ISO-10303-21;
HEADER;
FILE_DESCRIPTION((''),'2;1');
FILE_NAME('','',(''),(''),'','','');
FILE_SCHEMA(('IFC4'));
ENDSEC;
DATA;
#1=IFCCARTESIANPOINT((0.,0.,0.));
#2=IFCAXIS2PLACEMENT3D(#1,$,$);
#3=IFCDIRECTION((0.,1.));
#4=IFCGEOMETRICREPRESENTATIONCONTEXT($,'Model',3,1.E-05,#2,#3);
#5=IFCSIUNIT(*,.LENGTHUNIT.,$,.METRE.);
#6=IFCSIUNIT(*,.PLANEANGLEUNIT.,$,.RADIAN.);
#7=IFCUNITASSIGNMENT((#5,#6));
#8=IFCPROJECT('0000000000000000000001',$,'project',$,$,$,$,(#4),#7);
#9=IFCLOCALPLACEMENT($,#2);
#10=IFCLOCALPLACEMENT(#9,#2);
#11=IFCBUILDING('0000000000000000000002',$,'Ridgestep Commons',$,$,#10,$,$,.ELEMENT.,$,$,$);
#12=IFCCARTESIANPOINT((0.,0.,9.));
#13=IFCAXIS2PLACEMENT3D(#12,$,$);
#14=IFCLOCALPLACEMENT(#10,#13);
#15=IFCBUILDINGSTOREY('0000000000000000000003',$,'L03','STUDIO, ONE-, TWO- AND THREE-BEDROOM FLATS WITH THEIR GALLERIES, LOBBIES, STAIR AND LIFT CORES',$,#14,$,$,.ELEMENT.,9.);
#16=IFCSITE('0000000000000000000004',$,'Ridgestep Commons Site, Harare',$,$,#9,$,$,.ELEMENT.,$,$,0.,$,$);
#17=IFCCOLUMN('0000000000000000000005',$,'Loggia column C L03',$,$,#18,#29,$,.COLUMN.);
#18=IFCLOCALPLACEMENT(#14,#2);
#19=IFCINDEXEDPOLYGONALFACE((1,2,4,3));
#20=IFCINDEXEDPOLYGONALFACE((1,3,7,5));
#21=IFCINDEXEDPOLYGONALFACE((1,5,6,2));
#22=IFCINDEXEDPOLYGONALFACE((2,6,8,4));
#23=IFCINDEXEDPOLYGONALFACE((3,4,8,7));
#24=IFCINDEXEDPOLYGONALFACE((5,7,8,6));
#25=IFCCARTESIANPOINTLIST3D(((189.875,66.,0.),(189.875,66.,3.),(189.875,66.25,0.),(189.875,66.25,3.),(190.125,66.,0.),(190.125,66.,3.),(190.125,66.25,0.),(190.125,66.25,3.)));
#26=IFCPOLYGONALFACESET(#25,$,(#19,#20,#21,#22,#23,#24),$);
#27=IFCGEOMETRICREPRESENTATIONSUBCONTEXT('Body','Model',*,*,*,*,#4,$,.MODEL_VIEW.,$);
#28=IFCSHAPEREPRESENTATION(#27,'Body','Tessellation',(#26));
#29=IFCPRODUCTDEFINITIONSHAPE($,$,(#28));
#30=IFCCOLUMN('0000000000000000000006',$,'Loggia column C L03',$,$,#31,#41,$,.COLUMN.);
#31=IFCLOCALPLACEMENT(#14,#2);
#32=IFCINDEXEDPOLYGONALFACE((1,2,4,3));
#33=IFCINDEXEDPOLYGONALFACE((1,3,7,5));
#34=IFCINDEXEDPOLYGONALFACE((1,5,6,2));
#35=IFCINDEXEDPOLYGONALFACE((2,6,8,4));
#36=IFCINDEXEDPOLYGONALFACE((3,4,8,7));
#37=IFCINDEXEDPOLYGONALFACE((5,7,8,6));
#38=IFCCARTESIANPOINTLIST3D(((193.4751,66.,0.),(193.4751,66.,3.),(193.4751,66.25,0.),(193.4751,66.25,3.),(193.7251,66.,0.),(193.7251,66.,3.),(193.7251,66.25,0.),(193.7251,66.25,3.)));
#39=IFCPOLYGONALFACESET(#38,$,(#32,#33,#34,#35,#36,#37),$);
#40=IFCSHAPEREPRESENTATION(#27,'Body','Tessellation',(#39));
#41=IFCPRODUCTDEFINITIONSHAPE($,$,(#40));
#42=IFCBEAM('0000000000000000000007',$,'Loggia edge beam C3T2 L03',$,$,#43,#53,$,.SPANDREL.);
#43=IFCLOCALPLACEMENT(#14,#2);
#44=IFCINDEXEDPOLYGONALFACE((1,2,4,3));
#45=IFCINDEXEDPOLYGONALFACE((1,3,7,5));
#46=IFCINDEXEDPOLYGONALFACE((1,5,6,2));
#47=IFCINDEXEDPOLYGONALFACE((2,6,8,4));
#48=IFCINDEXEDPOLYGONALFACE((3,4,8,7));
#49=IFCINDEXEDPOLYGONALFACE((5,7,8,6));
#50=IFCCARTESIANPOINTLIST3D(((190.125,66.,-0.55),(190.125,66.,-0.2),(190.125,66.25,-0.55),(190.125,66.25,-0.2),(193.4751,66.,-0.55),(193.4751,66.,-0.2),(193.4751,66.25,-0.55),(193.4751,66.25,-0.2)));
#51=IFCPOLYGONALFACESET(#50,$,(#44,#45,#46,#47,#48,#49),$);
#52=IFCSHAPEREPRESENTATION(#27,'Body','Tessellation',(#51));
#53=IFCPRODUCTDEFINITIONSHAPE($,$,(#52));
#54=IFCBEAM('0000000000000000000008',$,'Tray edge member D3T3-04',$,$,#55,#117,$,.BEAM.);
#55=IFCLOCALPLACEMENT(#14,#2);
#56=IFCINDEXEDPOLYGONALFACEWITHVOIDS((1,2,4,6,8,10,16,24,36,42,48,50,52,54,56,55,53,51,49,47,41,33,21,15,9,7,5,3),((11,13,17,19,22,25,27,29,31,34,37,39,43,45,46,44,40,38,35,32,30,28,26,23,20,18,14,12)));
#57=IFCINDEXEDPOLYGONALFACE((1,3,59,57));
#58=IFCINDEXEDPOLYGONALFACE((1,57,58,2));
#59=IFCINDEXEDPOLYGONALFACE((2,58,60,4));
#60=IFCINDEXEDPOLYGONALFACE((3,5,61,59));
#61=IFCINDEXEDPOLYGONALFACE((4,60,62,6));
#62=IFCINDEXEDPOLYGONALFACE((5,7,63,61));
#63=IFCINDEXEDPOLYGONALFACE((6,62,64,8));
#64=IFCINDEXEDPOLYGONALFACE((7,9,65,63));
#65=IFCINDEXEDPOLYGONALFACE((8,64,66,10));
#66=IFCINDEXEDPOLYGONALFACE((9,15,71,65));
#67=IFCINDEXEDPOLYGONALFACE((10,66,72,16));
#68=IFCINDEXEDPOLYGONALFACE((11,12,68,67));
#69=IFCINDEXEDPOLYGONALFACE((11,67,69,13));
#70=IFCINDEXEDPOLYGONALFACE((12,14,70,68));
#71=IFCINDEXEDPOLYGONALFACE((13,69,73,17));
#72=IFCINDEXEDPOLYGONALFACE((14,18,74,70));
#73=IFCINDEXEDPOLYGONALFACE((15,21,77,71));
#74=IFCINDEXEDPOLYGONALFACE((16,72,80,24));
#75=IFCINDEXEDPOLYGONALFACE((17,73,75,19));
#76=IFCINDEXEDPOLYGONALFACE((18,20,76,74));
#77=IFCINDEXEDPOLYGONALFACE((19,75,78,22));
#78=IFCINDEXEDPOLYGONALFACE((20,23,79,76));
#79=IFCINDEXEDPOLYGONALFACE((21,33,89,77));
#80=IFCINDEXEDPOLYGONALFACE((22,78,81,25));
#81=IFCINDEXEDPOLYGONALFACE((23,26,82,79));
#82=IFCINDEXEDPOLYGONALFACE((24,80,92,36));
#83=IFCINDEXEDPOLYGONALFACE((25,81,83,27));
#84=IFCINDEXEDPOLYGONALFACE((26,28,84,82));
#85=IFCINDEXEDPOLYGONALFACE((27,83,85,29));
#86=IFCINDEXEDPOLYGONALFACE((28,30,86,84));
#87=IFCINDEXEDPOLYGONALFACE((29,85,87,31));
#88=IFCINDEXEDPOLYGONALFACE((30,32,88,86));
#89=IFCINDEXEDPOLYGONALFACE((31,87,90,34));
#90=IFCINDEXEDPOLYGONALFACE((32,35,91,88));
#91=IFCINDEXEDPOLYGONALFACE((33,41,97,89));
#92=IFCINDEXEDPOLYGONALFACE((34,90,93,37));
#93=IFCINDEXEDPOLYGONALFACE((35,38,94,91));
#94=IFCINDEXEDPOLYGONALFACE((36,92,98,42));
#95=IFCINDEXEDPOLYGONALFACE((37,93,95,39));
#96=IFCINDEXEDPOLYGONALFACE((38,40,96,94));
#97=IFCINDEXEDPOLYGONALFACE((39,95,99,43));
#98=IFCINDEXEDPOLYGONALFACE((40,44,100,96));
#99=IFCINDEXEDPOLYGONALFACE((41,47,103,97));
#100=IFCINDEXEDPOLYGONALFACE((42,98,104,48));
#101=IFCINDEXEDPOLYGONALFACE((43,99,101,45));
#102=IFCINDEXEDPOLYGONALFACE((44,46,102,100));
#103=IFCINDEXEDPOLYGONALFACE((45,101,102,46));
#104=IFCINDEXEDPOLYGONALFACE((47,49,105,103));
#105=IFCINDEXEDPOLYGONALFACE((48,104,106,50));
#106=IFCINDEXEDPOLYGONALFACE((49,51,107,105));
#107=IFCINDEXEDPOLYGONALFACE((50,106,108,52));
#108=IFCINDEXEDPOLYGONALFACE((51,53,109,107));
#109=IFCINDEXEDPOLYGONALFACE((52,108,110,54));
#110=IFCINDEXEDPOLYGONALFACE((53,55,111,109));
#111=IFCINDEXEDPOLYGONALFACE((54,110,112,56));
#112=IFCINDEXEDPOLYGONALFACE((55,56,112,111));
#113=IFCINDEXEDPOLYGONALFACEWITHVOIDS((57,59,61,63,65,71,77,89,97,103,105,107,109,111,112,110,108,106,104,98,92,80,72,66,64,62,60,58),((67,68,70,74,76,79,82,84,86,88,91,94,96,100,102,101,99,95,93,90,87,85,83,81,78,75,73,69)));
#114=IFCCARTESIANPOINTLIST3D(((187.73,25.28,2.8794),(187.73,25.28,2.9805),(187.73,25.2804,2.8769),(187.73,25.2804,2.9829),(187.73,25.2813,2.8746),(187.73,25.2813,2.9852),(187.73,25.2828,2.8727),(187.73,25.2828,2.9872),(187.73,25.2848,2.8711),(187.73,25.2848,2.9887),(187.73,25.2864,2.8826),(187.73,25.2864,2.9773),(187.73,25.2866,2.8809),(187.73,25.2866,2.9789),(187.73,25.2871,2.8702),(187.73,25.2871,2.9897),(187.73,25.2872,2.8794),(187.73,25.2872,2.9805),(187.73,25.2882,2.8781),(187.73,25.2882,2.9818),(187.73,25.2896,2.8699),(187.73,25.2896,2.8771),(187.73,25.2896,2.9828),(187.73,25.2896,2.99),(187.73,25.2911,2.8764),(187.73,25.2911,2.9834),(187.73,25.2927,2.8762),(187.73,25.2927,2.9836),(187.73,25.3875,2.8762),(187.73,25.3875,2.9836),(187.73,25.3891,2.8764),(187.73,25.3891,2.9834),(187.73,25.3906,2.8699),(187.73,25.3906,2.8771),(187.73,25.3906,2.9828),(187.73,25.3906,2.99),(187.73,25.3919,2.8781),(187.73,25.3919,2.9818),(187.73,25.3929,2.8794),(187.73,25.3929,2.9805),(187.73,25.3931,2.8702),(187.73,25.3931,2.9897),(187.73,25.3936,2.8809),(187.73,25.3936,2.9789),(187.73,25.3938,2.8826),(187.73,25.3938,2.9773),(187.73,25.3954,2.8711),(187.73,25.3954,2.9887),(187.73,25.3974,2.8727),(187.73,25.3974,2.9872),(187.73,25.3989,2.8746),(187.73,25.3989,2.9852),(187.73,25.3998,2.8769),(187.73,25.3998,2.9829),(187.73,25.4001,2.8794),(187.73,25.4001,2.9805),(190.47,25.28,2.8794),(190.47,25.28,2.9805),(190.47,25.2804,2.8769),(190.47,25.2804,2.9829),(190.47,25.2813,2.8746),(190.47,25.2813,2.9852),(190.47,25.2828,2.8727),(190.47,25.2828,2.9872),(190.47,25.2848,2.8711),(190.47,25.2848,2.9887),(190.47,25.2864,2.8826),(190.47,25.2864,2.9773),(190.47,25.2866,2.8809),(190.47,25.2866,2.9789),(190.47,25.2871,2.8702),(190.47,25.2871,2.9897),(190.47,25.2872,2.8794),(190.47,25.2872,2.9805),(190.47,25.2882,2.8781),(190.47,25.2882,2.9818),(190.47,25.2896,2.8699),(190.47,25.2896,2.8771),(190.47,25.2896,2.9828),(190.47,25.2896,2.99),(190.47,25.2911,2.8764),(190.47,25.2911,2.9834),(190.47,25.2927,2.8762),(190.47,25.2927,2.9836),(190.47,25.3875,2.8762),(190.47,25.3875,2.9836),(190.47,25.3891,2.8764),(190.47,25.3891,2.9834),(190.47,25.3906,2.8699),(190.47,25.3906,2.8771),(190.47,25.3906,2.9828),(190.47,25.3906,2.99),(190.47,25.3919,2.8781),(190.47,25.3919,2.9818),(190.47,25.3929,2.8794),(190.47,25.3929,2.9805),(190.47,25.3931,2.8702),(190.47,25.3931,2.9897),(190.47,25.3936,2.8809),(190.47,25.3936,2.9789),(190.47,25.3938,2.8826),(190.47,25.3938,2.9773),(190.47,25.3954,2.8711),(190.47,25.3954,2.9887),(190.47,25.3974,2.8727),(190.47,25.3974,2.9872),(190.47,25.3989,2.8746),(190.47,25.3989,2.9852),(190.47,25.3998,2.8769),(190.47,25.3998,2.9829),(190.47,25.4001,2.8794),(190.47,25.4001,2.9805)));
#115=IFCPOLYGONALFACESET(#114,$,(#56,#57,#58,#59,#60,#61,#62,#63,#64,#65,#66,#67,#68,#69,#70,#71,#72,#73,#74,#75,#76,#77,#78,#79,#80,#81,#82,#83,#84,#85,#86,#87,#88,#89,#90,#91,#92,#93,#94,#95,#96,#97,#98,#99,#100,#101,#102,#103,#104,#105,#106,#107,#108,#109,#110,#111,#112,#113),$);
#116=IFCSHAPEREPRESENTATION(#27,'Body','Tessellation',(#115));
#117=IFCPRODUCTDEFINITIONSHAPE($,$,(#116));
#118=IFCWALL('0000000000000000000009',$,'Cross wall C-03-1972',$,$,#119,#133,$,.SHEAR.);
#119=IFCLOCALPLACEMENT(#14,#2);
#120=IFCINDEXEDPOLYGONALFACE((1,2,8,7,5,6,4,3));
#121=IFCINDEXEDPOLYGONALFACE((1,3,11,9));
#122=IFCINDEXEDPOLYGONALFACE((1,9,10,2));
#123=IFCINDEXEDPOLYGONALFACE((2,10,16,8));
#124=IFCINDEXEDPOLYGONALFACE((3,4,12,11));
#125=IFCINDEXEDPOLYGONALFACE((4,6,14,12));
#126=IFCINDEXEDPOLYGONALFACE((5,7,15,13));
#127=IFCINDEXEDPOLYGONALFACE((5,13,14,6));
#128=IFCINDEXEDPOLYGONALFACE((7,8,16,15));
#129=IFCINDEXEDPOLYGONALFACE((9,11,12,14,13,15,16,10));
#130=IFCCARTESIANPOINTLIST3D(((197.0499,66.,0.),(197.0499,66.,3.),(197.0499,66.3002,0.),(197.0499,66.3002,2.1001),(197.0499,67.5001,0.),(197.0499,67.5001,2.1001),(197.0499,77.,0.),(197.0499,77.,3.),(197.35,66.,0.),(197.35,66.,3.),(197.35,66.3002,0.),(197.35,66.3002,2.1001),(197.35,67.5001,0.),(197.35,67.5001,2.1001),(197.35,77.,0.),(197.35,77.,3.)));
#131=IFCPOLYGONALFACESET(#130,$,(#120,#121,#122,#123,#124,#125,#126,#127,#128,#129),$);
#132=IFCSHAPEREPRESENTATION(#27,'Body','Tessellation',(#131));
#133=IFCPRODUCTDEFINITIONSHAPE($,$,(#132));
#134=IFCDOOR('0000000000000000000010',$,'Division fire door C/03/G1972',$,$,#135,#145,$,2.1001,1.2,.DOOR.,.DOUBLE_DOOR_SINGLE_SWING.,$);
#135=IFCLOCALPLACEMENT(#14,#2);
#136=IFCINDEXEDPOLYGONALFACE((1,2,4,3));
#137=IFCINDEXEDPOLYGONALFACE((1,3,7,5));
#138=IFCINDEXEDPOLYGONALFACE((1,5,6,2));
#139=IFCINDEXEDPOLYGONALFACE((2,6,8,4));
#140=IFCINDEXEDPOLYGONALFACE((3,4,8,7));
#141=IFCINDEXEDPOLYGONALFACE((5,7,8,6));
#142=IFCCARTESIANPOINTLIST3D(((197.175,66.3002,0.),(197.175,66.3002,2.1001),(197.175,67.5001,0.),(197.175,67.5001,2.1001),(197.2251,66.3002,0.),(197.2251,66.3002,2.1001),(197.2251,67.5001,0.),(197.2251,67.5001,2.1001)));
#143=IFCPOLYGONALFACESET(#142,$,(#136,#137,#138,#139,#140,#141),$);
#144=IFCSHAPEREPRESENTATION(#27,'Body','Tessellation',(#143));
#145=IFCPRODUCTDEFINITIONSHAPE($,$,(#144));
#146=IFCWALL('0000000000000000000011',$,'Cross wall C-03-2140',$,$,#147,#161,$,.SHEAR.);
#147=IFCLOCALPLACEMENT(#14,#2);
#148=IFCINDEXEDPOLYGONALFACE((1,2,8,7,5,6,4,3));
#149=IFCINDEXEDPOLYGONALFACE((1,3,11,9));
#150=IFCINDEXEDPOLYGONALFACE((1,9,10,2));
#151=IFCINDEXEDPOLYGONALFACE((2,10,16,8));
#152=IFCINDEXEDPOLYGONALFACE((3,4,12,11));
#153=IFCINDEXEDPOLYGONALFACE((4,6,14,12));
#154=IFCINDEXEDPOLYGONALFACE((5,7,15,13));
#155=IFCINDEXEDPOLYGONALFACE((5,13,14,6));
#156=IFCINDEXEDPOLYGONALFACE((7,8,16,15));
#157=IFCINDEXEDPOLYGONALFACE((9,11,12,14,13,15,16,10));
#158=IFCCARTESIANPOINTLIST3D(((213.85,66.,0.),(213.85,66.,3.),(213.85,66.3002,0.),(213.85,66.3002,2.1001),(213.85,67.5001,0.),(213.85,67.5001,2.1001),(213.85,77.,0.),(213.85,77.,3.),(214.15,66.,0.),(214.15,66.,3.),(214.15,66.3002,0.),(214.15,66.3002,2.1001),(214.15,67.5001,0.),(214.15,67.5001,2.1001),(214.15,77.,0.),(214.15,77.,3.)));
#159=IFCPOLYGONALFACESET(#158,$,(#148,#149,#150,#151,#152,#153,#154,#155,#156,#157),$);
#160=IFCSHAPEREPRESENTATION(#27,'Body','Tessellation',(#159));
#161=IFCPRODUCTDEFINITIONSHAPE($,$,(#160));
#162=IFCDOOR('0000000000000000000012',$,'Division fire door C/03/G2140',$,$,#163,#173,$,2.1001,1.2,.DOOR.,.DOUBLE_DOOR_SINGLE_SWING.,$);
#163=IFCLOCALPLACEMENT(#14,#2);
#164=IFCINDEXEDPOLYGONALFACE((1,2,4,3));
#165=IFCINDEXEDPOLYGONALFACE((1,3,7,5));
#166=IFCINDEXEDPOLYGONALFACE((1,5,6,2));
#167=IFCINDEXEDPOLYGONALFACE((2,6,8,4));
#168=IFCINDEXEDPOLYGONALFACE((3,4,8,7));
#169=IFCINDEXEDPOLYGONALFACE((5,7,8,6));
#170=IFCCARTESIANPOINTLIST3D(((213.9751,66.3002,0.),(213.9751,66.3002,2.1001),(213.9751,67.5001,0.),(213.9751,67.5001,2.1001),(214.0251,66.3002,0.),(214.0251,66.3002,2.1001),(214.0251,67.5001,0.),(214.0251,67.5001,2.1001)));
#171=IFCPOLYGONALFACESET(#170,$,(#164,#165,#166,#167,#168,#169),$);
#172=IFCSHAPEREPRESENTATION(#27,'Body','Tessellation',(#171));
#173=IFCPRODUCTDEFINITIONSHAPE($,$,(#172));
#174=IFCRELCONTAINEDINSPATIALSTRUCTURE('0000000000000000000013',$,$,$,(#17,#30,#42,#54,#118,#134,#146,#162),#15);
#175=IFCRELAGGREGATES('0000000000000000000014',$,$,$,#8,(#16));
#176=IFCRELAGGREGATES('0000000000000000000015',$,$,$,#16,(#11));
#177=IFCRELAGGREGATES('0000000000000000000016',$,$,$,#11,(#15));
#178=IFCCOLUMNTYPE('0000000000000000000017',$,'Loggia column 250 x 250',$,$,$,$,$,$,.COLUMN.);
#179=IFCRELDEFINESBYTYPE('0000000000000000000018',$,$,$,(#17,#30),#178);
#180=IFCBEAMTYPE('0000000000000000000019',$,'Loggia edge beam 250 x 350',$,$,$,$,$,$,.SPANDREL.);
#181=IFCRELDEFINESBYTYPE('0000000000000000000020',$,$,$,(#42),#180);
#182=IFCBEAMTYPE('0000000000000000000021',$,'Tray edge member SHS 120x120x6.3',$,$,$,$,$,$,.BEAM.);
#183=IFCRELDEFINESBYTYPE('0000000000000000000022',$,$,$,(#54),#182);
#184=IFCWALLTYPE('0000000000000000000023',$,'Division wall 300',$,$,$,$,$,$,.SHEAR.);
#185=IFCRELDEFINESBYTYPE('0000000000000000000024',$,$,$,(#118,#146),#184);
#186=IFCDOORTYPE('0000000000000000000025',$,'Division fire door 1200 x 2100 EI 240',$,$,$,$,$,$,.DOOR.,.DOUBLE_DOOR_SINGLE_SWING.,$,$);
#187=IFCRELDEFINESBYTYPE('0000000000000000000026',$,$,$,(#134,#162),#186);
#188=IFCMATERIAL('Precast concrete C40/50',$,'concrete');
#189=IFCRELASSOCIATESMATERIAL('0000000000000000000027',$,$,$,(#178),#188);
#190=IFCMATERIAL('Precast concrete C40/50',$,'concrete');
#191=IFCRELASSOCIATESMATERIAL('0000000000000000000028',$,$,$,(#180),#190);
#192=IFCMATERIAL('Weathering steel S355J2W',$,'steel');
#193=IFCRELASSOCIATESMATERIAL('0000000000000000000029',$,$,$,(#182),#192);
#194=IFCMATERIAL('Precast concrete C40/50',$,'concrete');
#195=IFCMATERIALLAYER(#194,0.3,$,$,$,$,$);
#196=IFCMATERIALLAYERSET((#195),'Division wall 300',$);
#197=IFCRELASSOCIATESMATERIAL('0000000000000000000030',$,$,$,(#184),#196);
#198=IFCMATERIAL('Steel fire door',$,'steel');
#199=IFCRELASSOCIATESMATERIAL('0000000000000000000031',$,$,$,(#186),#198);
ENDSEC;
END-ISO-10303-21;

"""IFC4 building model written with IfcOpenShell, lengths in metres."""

from ifc_helpers import new_model, si_unit, direction, frame, frame_2d, origin, origin_2d, place, context, subcontext, project, spatial, rectangle, hollow_rectangle, extrude, material, layer, layer_set, material_profile, profile_set, type_object, element, fill, save


model = new_model("IFC4")

# Units and contexts
model_context = context("Model", 3, precision=1e-05, world=origin(), true_north=direction((0.0, 1.0)))
body_context = subcontext(model_context, "Body", "Model", "MODEL_VIEW")
ifc_project = project(units=[si_unit("LENGTHUNIT", "METRE"), si_unit("PLANEANGLEUNIT", "RADIAN")], contexts=[model_context])

# Site, building, storey
site_placement = place(None, origin())
site = spatial("IfcSite", under=ifc_project, at=site_placement, Name="Ridgestep Commons Site, Harare", CompositionType="ELEMENT", RefElevation=0.0)
building_placement = place(site_placement, origin())
building = spatial("IfcBuilding", under=site, at=building_placement, Name="Ridgestep Commons", CompositionType="ELEMENT")
storey_placement = place(building_placement, frame((0.0, 0.0, 9.0)))
storey = spatial("IfcBuildingStorey", under=building, at=storey_placement, Name="L03", Description="STUDIO, ONE-, TWO- AND THREE-BEDROOM FLATS WITH THEIR GALLERIES, LOBBIES, STAIR AND LIFT CORES", CompositionType="ELEMENT", Elevation=9.0)

# Columns
ifc_material_1 = material(Name="Precast concrete C40/50", Category="concrete")
ifc_material_profile_1 = material_profile(ifc_material_1, rectangle(XDim=0.25, YDim=0.25, at=origin_2d()), Name="PC 250x250")
ifc_profile_set_1 = profile_set([ifc_material_profile_1], Name="Precast concrete C40/50")
column_type = type_object("IfcColumnType", Name="Loggia column 250 x 250", PredefinedType="COLUMN", material=ifc_profile_set_1)
for number, where, z_axis, x_axis, name in (
    (1, (190.0, 66.125, 0.0), (0.0, 0.0, 1.0), (1.0, 0.0, 0.0), "Loggia column C L03"),
    (2, (193.6001, 66.125, 0.0), (0.0, 0.0, 1.0), (1.0, 0.0, 0.0), "Loggia column C L03"),
):
    element("IfcColumn", number, at=place(storey_placement, frame(where, z_axis=z_axis, x_axis=x_axis)), inside=storey, type_object=column_type, Name=name, PredefinedType="COLUMN", context=body_context, shape_type="SweptSolid", body=[
        extrude(rectangle(XDim=0.25, YDim=0.25, at=origin_2d()), origin(), (0.0, 0.0, 1.0), 3.0),
    ])

# Beams
ifc_material_2 = material(Name="Precast concrete C40/50", Category="concrete")
ifc_material_profile_2 = material_profile(ifc_material_2, rectangle(XDim=0.25, YDim=0.3501, at=origin_2d()), Name="PC 250x350")
ifc_profile_set_2 = profile_set([ifc_material_profile_2], Name="Precast concrete C40/50")
beam_type_1 = type_object("IfcBeamType", Name="Loggia edge beam 250 x 350", PredefinedType="SPANDREL", material=ifc_profile_set_2)
beam_1_placement = place(storey_placement, frame((190.125, 66.125, -0.375), z_axis=(1.0, 0.0, 0.0), x_axis=(0.0, 1.0, 0.0)))
element("IfcBeam", 3, at=beam_1_placement, inside=storey, type_object=beam_type_1, Name="Loggia edge beam C3T2 L03", PredefinedType="SPANDREL", context=body_context, shape_type="SweptSolid", body=[
    extrude(rectangle(XDim=0.25, YDim=0.3501, at=origin_2d()), origin(), (0.0, 0.0, 1.0), 3.3501),
])
ifc_material_3 = material(Name="Weathering steel S355J2W", Category="steel")
ifc_material_profile_3 = material_profile(ifc_material_3, hollow_rectangle(XDim=0.1201, YDim=0.1201, WallThickness=0.0063, InnerFilletRadius=0.0063, OuterFilletRadius=0.0095, at=origin_2d()), Name="SHS 120x120x6.3")
ifc_profile_set_3 = profile_set([ifc_material_profile_3], Name="Weathering steel S355J2W")
beam_type_2 = type_object("IfcBeamType", Name="Tray edge member SHS 120x120x6.3", PredefinedType="BEAM", material=ifc_profile_set_3)
beam_2_placement = place(storey_placement, frame((187.73, 25.3401, 2.9299), z_axis=(1.0, 0.0, 0.0), x_axis=(0.0, 0.0, 1.0)))
element("IfcBeam", 4, at=beam_2_placement, inside=storey, type_object=beam_type_2, Name="Tray edge member D3T3-04", PredefinedType="BEAM", context=body_context, shape_type="SweptSolid", body=[
    extrude(hollow_rectangle(XDim=0.1201, YDim=0.1201, WallThickness=0.0063, InnerFilletRadius=0.0063, OuterFilletRadius=0.0095, at=origin_2d()), origin(), (0.0, 0.0, 1.0), 2.74),
])

# Walls, openings, doors
ifc_material_4 = material(Name="Precast concrete C40/50", Category="concrete")
ifc_layer_1 = layer(ifc_material_4, 0.3)
ifc_layer_set_1 = layer_set([ifc_layer_1], Name="Division wall 300")
wall_type = type_object("IfcWallType", Name="Division wall 300", PredefinedType="SHEAR", material=ifc_layer_set_1)
wall_1_placement = place(storey_placement, frame((197.2, 66.0, 0.0), z_axis=(0.0, 0.0, 1.0), x_axis=(0.0, 1.0, 0.0)))
wall_1 = element("IfcWall", 5, at=wall_1_placement, inside=storey, type_object=wall_type, Name="Cross wall C-03-1972", PredefinedType="SHEAR", context=body_context, shape_type="SweptSolid", body=[
    extrude(rectangle(XDim=11.0, YDim=0.3, at=frame_2d((5.5, 0.0))), origin(), (0.0, 0.0, 1.0), 3.0),
])
opening_1_placement = place(wall_1_placement, frame((0.3, 0.0, 0.0)))
opening_1 = element("IfcOpeningElement", 6, at=opening_1_placement, cuts=wall_1, PredefinedType="OPENING", context=body_context, shape_type="SweptSolid", body=[
    extrude(rectangle(XDim=1.2, YDim=2.1001, at=frame_2d((0.6001, 1.05))), frame((0.0, 0.1599, 0.0), z_axis=(0.0, -1.0, 0.0), x_axis=(1.0, 0.0, 0.0)), (0.0, 0.0, 1.0), 0.3201),
])
ifc_material_5 = material(Name="Steel fire door", Category="steel")
door_type = type_object("IfcDoorType", Name="Division fire door 1200 x 2100 EI 240", OperationType="DOUBLE_DOOR_SINGLE_SWING", PredefinedType="DOOR", material=ifc_material_5)
door_1_placement = place(opening_1_placement, origin())
door_1 = element("IfcDoor", 7, at=door_1_placement, inside=storey, type_object=door_type, Name="Division fire door C/03/G1972", OperationType="DOUBLE_DOOR_SINGLE_SWING", OverallHeight=2.1001, OverallWidth=1.2, PredefinedType="DOOR", context=body_context, shape_type="SweptSolid", body=[
    extrude(rectangle(XDim=1.2, YDim=2.1001, at=frame_2d((0.6001, 1.05))), frame((0.0, 0.0249, 0.0), z_axis=(0.0, -1.0, 0.0), x_axis=(1.0, 0.0, 0.0)), (0.0, 0.0, 1.0), 0.05),
])
fill(opening_1, door_1)
wall_2_placement = place(storey_placement, frame((214.0, 66.0, 0.0), z_axis=(0.0, 0.0, 1.0), x_axis=(0.0, 1.0, 0.0)))
wall_2 = element("IfcWall", 8, at=wall_2_placement, inside=storey, type_object=wall_type, Name="Cross wall C-03-2140", PredefinedType="SHEAR", context=body_context, shape_type="SweptSolid", body=[
    extrude(rectangle(XDim=11.0, YDim=0.3, at=frame_2d((5.5, 0.0))), origin(), (0.0, 0.0, 1.0), 3.0),
])
opening_2_placement = place(wall_2_placement, frame((0.3, 0.0, 0.0)))
opening_2 = element("IfcOpeningElement", 9, at=opening_2_placement, cuts=wall_2, PredefinedType="OPENING", context=body_context, shape_type="SweptSolid", body=[
    extrude(rectangle(XDim=1.2, YDim=2.1001, at=frame_2d((0.6001, 1.05))), frame((0.0, 0.1599, 0.0), z_axis=(0.0, -1.0, 0.0), x_axis=(1.0, 0.0, 0.0)), (0.0, 0.0, 1.0), 0.3201),
])
door_2_placement = place(opening_2_placement, origin())
door_2 = element("IfcDoor", 10, at=door_2_placement, inside=storey, type_object=door_type, Name="Division fire door C/03/G2140", OperationType="DOUBLE_DOOR_SINGLE_SWING", OverallHeight=2.1001, OverallWidth=1.2, PredefinedType="DOOR", context=body_context, shape_type="SweptSolid", body=[
    extrude(rectangle(XDim=1.2, YDim=2.1001, at=frame_2d((0.6001, 1.05))), frame((0.0, 0.0249, 0.0), z_axis=(0.0, -1.0, 0.0), x_axis=(1.0, 0.0, 0.0)), (0.0, 0.0, 1.0), 0.05),
])
fill(opening_2, door_2)

save(model, "model.ifc")
